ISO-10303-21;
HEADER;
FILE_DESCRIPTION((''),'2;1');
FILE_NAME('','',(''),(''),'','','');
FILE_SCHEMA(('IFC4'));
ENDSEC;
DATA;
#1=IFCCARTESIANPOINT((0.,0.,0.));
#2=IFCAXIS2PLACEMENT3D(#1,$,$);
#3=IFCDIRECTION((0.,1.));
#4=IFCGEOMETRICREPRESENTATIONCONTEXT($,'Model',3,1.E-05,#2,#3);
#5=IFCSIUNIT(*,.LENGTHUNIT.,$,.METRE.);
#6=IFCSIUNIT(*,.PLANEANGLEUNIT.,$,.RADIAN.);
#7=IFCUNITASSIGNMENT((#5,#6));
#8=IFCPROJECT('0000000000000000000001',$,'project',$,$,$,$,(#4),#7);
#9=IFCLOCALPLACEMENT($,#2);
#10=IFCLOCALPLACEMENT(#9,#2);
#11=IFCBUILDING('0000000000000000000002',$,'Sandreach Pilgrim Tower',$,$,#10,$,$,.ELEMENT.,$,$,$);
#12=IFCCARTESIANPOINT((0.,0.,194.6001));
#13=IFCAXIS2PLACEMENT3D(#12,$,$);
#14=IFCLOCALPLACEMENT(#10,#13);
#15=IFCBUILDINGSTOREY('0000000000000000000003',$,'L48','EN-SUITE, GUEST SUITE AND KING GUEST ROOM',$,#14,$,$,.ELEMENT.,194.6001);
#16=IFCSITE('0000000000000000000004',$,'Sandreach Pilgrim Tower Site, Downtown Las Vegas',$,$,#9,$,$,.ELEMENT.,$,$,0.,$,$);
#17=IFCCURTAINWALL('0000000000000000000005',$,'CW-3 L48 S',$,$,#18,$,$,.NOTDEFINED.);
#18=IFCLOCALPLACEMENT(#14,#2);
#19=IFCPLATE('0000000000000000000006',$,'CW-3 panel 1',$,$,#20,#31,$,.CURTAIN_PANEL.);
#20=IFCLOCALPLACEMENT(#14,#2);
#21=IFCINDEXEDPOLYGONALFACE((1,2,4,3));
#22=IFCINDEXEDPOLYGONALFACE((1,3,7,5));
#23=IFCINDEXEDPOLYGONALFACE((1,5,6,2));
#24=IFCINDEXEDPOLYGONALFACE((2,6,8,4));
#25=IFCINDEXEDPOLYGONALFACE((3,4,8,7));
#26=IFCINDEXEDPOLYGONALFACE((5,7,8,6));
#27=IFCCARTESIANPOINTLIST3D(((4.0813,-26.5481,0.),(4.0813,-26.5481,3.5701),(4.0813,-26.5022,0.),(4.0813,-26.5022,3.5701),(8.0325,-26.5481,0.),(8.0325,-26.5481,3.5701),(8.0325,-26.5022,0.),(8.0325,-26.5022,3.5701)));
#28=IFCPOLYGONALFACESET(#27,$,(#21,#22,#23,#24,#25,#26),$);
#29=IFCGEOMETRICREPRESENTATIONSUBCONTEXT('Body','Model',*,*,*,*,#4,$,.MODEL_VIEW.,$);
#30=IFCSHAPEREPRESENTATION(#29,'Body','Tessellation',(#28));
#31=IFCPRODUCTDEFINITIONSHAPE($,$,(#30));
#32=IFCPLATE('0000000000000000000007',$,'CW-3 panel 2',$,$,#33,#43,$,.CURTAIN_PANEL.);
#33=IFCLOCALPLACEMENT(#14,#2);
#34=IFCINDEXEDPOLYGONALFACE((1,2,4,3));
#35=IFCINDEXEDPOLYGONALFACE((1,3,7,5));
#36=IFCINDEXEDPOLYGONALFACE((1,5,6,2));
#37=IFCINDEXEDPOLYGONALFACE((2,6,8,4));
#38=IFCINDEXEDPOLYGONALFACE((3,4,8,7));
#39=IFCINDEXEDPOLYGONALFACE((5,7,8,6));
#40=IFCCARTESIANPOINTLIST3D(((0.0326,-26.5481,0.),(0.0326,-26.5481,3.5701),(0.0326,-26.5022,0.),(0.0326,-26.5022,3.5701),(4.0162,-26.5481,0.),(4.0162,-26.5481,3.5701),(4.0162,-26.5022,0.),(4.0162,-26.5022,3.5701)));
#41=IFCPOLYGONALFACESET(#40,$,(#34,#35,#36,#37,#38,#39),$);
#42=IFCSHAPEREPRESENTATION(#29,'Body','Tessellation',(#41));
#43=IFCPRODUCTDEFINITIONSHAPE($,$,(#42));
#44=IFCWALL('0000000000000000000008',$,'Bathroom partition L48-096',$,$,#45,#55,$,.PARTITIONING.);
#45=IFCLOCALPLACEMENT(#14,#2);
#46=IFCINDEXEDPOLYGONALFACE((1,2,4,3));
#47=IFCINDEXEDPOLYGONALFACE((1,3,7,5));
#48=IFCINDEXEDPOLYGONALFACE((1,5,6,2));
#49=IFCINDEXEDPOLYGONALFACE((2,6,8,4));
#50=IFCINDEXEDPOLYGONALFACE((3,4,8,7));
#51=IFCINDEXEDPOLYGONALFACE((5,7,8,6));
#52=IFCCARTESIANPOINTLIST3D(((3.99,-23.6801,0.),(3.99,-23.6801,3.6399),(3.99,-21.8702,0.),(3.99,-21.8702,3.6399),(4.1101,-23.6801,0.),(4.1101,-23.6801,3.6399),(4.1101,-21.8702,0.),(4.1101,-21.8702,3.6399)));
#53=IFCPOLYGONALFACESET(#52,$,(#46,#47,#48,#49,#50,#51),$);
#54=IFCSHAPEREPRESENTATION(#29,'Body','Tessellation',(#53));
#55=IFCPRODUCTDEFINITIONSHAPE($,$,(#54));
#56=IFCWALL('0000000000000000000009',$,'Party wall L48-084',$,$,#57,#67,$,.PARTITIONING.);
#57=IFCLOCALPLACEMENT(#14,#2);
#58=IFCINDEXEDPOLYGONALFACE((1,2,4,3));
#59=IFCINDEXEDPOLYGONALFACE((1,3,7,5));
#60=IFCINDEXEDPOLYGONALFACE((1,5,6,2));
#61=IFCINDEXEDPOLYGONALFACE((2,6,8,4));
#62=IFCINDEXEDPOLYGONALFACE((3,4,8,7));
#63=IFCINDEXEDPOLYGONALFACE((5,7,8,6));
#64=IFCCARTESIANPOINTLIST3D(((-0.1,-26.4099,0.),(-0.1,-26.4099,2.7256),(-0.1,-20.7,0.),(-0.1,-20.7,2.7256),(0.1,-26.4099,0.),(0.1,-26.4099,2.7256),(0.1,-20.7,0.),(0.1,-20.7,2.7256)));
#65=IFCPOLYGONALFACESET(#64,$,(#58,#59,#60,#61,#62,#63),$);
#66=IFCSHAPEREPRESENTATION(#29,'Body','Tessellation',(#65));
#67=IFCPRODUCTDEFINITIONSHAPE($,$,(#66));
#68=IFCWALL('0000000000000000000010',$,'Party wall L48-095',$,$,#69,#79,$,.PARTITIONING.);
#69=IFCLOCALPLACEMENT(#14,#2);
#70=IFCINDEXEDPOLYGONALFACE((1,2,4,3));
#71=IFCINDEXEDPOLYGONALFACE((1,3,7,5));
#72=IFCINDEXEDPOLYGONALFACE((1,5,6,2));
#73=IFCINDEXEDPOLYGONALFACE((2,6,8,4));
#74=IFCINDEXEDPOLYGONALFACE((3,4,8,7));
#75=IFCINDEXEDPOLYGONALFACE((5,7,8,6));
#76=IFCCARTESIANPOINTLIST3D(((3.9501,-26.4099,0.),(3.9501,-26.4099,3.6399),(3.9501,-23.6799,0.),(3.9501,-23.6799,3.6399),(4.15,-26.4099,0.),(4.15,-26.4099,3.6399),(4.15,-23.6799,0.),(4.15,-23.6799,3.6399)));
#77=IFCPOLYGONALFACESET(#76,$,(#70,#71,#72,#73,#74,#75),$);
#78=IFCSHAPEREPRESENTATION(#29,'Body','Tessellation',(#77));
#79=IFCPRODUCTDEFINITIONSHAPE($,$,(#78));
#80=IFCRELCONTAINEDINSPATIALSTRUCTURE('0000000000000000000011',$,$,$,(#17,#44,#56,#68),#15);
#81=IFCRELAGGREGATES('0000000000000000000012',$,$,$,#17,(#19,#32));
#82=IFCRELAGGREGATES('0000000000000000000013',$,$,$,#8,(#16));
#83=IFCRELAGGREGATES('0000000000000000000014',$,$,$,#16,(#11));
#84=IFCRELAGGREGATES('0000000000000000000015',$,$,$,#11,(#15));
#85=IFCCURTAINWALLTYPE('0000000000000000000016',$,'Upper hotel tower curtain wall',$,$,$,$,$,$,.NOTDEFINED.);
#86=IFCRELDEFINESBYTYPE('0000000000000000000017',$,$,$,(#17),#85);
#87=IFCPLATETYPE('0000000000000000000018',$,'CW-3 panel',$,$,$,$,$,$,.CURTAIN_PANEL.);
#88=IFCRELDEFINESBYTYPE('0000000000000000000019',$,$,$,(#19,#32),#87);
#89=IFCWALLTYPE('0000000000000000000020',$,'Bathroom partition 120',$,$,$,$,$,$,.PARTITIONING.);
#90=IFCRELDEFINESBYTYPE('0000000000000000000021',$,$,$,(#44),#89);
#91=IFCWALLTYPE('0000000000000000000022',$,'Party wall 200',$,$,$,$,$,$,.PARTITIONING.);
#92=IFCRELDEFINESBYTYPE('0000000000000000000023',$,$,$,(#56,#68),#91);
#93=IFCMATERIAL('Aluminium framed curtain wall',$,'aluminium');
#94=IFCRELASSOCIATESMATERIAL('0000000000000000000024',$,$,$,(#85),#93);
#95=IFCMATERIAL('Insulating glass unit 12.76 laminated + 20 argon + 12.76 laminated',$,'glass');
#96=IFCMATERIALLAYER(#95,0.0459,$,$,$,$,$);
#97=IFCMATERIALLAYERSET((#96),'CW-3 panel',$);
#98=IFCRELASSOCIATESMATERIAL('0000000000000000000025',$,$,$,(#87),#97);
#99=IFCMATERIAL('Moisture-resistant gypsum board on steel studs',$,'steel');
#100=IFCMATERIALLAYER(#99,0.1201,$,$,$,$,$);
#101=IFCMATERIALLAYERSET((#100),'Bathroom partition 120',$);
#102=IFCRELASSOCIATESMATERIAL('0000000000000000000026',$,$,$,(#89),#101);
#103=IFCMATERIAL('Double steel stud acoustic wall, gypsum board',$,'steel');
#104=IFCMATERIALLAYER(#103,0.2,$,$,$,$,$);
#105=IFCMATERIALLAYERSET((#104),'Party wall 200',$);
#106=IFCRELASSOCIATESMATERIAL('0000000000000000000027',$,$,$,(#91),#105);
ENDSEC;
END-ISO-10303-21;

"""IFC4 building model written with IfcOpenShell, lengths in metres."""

from ifc_helpers import new_model, si_unit, direction, frame, frame_2d, origin, origin_2d, place, context, subcontext, project, spatial, rectangle, extrude, material, layer, layer_set, type_object, element, aggregate, save


model = new_model("IFC4")

# Units and contexts
model_context = context("Model", 3, precision=1e-05, world=origin(), true_north=direction((0.0, 1.0)))
body_context = subcontext(model_context, "Body", "Model", "MODEL_VIEW")
ifc_project = project(units=[si_unit("LENGTHUNIT", "METRE"), si_unit("PLANEANGLEUNIT", "RADIAN")], contexts=[model_context])

# Site, building, storey
site_placement = place(None, origin())
site = spatial("IfcSite", under=ifc_project, at=site_placement, Name="Sandreach Pilgrim Tower Site, Downtown Las Vegas", CompositionType="ELEMENT", RefElevation=0.0)
building_placement = place(site_placement, origin())
building = spatial("IfcBuilding", under=site, at=building_placement, Name="Sandreach Pilgrim Tower", CompositionType="ELEMENT")
storey_placement = place(building_placement, frame((0.0, 0.0, 194.6001)))
storey = spatial("IfcBuildingStorey", under=building, at=storey_placement, Name="L48", Description="EN-SUITE, GUEST SUITE AND KING GUEST ROOM", CompositionType="ELEMENT", Elevation=194.6001)

# Curtain wall
ifc_material_1 = material(Name="Aluminium framed curtain wall", Category="aluminium")
curtain_wall_type = type_object("IfcCurtainWallType", Name="Upper hotel tower curtain wall", PredefinedType="NOTDEFINED", material=ifc_material_1)
curtain_wall_placement = place(storey_placement, origin())
curtain_wall = element("IfcCurtainWall", 1, at=curtain_wall_placement, inside=storey, type_object=curtain_wall_type, Name="CW-3 L48 S", PredefinedType="NOTDEFINED")

# Plates
ifc_material_2 = material(Name="Insulating glass unit 12.76 laminated + 20 argon + 12.76 laminated", Category="glass")
ifc_layer_1 = layer(ifc_material_2, 0.0459)
ifc_layer_set_1 = layer_set([ifc_layer_1], Name="CW-3 panel")
plate_type = type_object("IfcPlateType", Name="CW-3 panel", PredefinedType="CURTAIN_PANEL", material=ifc_layer_set_1)
plate_1_placement = place(storey_placement, frame((6.0569, -26.5251, 0.0), z_axis=(0.0, 0.0, 1.0), x_axis=(-1.0, 0.0, 0.0)))
plate_1 = element("IfcPlate", 2, at=plate_1_placement, type_object=plate_type, Name="CW-3 panel 1", PredefinedType="CURTAIN_PANEL", context=body_context, shape_type="SweptSolid", body=[
    extrude(rectangle(XDim=3.9512, YDim=0.0459, at=origin_2d()), origin(), (0.0, 0.0, 1.0), 3.5701),
])
plate_2_placement = place(storey_placement, frame((2.0244, -26.5251, 0.0), z_axis=(0.0, 0.0, 1.0), x_axis=(-1.0, 0.0, 0.0)))
plate_2 = element("IfcPlate", 3, at=plate_2_placement, type_object=plate_type, Name="CW-3 panel 2", PredefinedType="CURTAIN_PANEL", context=body_context, shape_type="SweptSolid", body=[
    extrude(rectangle(XDim=3.9836, YDim=0.0459, at=origin_2d()), origin(), (0.0, 0.0, 1.0), 3.5701),
])
aggregate(curtain_wall, [plate_1, plate_2])

# Walls
ifc_material_3 = material(Name="Moisture-resistant gypsum board on steel studs", Category="steel")
ifc_layer_2 = layer(ifc_material_3, 0.1201)
ifc_layer_set_2 = layer_set([ifc_layer_2], Name="Bathroom partition 120")
wall_type_1 = type_object("IfcWallType", Name="Bathroom partition 120", PredefinedType="PARTITIONING", material=ifc_layer_set_2)
wall_1_placement = place(storey_placement, frame((4.05, -23.6799, 0.0), z_axis=(0.0, 0.0, 1.0), x_axis=(0.0, 1.0, 0.0)))
element("IfcWall", 4, at=wall_1_placement, inside=storey, type_object=wall_type_1, Name="Bathroom partition L48-096", PredefinedType="PARTITIONING", context=body_context, shape_type="SweptSolid", body=[
    extrude(rectangle(XDim=1.8098, YDim=0.1201, at=frame_2d((0.9048, 0.0))), origin(), (0.0, 0.0, 1.0), 3.6399),
])
ifc_material_4 = material(Name="Double steel stud acoustic wall, gypsum board", Category="steel")
ifc_layer_3 = layer(ifc_material_4, 0.2)
ifc_layer_set_3 = layer_set([ifc_layer_3], Name="Party wall 200")
wall_type_2 = type_object("IfcWallType", Name="Party wall 200", PredefinedType="PARTITIONING", material=ifc_layer_set_3)
wall_2_placement = place(storey_placement, frame((0.0, -26.4099, 0.0), z_axis=(0.0, 0.0, 1.0), x_axis=(0.0, 1.0, 0.0)))
element("IfcWall", 5, at=wall_2_placement, inside=storey, type_object=wall_type_2, Name="Party wall L48-084", PredefinedType="PARTITIONING", context=body_context, shape_type="SweptSolid", body=[
    extrude(rectangle(XDim=5.71, YDim=0.2, at=frame_2d((2.855, 0.0))), origin(), (0.0, 0.0, 1.0), 2.7256),
])
wall_3_placement = place(storey_placement, frame((4.05, -26.4099, 0.0), z_axis=(0.0, 0.0, 1.0), x_axis=(0.0, 1.0, 0.0)))
element("IfcWall", 6, at=wall_3_placement, inside=storey, type_object=wall_type_2, Name="Party wall L48-095", PredefinedType="PARTITIONING", context=body_context, shape_type="SweptSolid", body=[
    extrude(rectangle(XDim=2.73, YDim=0.2, at=frame_2d((1.365, 0.0))), origin(), (0.0, 0.0, 1.0), 3.6399),
])

save(model, "model.ifc")
